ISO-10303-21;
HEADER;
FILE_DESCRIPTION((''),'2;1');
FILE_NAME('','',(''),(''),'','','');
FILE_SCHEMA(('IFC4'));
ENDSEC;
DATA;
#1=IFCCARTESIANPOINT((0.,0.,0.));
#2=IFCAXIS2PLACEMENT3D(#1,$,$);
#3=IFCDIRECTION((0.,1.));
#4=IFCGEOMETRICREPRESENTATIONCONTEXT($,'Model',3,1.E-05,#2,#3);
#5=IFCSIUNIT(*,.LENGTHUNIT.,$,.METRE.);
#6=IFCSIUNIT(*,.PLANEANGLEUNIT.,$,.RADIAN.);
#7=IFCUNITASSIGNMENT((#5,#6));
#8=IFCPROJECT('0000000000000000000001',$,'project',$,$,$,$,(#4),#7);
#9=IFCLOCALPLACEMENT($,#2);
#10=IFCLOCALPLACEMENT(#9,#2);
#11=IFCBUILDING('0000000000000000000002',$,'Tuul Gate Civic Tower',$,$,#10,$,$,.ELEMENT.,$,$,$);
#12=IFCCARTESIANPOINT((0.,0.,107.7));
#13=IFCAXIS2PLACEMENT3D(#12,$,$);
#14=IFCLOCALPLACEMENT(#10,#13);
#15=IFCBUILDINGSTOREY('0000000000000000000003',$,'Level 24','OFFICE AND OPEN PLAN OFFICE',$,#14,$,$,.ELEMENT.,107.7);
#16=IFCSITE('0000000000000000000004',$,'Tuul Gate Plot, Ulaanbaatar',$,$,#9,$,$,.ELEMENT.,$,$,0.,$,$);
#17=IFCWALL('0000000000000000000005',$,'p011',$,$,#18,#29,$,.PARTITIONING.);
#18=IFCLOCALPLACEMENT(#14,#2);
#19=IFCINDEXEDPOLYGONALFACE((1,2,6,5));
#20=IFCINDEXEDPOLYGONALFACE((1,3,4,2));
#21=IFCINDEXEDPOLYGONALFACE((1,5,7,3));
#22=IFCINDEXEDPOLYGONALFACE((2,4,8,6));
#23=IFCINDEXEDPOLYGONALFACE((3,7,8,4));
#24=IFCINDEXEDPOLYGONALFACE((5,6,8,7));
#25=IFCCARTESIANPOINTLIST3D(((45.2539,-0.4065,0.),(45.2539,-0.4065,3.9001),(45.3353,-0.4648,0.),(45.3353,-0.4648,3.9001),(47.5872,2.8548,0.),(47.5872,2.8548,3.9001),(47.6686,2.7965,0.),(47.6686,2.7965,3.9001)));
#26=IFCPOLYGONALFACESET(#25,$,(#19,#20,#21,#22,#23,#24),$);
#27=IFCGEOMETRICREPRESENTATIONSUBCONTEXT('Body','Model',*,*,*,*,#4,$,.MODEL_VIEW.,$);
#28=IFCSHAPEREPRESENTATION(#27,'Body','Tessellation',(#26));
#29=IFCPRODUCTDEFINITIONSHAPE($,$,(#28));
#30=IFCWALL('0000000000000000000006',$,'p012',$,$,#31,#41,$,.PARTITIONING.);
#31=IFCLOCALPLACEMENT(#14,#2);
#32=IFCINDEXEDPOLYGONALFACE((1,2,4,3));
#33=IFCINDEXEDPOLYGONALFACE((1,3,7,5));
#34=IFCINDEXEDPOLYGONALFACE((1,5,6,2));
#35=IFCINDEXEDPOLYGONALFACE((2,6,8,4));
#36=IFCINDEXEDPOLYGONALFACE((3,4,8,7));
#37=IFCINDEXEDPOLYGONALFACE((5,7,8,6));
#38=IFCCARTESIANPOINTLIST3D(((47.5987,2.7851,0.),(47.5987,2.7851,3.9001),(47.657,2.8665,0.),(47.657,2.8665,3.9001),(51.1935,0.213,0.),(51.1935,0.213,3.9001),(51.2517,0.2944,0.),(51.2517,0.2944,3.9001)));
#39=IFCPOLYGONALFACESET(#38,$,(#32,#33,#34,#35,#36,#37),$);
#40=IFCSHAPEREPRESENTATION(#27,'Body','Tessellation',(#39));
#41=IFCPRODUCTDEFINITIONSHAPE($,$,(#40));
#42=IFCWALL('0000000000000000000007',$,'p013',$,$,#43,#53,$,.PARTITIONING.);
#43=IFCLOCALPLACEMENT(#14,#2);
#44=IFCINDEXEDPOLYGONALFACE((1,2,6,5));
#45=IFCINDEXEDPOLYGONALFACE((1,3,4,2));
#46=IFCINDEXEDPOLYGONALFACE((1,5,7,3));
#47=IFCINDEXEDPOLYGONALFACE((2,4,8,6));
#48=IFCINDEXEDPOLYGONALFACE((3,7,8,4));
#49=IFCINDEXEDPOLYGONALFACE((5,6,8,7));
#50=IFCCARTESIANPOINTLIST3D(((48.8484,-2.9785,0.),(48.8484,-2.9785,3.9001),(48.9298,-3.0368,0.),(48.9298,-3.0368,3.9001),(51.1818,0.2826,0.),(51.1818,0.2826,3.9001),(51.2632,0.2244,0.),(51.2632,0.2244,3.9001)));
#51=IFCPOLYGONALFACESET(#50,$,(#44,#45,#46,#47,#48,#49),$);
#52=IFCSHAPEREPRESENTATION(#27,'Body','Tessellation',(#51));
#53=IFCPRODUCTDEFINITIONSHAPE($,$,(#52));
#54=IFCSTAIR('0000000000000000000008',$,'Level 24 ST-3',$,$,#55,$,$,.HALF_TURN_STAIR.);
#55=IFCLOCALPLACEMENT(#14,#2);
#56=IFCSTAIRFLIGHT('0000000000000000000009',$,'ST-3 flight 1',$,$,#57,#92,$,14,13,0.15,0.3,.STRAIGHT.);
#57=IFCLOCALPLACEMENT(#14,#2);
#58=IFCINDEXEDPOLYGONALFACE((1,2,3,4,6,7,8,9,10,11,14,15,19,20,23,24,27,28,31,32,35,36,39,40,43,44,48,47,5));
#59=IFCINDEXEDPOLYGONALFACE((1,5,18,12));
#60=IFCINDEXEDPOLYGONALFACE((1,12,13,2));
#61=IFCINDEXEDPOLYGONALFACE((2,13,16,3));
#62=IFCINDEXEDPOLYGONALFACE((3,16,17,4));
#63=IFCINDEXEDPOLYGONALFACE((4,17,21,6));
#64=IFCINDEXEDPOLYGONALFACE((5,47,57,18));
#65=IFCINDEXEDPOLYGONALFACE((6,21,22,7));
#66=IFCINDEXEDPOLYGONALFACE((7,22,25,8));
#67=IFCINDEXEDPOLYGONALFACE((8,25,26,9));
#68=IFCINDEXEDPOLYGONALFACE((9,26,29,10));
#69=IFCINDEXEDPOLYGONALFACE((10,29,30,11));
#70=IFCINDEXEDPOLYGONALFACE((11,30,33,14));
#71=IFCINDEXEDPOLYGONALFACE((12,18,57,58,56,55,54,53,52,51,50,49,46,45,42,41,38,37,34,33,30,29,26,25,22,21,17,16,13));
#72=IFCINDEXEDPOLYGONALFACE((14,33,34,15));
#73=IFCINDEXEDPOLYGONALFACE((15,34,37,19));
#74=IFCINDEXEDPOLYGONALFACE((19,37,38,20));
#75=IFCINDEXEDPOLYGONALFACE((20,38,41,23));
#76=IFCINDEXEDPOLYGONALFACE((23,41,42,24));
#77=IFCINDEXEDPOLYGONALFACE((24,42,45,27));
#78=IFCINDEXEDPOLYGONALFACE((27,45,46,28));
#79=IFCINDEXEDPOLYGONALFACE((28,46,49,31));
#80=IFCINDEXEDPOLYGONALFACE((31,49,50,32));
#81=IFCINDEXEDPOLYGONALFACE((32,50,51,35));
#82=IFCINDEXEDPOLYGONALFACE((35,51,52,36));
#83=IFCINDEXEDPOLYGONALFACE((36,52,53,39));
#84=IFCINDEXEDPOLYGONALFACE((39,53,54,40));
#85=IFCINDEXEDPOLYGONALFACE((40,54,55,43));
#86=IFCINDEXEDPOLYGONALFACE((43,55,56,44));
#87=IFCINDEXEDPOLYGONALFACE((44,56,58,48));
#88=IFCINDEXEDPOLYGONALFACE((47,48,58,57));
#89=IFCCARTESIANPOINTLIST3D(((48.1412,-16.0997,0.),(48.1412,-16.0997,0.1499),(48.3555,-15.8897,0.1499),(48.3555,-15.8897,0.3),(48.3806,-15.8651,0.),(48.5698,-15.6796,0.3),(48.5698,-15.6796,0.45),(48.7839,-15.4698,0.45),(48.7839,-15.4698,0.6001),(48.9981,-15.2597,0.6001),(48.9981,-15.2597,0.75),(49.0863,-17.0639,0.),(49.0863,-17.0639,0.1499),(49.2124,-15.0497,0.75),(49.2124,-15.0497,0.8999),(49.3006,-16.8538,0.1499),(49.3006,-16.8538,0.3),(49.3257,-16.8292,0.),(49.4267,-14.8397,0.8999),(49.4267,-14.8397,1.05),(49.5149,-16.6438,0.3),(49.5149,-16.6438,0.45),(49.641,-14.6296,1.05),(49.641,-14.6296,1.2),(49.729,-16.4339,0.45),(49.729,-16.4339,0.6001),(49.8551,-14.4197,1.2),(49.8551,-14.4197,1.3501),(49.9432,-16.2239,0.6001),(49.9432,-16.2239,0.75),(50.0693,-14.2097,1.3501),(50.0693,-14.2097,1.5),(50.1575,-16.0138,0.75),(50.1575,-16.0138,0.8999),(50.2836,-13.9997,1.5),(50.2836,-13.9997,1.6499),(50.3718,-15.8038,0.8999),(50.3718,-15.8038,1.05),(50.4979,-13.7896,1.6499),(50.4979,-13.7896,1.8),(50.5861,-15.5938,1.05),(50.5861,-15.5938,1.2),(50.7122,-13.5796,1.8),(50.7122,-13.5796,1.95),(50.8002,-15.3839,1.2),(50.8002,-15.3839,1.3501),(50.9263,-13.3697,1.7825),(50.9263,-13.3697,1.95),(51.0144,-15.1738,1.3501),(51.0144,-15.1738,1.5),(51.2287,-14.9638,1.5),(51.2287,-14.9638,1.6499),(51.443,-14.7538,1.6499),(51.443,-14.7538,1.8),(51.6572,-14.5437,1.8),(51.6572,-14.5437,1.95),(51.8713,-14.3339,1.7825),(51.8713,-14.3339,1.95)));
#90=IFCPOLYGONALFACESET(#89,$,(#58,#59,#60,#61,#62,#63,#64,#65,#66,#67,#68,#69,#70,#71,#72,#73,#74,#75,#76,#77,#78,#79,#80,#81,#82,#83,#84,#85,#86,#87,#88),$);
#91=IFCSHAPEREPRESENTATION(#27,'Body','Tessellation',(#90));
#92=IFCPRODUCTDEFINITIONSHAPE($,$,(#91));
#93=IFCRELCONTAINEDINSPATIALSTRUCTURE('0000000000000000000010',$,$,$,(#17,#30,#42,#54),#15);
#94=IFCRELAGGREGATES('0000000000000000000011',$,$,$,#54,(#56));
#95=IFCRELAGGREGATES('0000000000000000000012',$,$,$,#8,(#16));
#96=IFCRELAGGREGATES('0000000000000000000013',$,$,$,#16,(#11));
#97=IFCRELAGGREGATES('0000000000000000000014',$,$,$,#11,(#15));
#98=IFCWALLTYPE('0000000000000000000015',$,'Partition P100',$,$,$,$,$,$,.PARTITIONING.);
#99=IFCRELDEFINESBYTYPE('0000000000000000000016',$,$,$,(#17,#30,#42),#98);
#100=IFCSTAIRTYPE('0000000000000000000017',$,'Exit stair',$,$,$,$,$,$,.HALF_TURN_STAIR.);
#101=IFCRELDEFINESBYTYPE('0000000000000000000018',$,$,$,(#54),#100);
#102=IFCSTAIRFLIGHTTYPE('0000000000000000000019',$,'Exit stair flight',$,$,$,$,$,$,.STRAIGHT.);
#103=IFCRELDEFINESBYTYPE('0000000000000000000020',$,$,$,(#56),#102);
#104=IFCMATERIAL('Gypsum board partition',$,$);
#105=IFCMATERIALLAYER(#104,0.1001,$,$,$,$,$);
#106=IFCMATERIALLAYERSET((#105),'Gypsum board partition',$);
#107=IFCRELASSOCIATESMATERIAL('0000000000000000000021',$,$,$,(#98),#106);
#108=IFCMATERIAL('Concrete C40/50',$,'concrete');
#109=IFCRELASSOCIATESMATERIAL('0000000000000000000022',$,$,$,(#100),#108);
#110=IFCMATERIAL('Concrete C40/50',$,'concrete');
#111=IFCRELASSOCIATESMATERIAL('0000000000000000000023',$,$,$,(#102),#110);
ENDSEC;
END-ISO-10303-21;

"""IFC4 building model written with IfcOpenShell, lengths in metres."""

from ifc_helpers import new_model, si_unit, direction, frame, frame_2d, origin, place, context, subcontext, project, spatial, polyline, rectangle, outline, extrude, material, layer, layer_set, type_object, element, aggregate, save


model = new_model("IFC4")

# Units and contexts
model_context = context("Model", 3, precision=1e-05, world=origin(), true_north=direction((0.0, 1.0)))
body_context = subcontext(model_context, "Body", "Model", "MODEL_VIEW")
ifc_project = project(units=[si_unit("LENGTHUNIT", "METRE"), si_unit("PLANEANGLEUNIT", "RADIAN")], contexts=[model_context])

# Site, building, storey
site_placement = place(None, origin())
site = spatial("IfcSite", under=ifc_project, at=site_placement, Name="Tuul Gate Plot, Ulaanbaatar", CompositionType="ELEMENT", RefElevation=0.0)
building_placement = place(site_placement, origin())
building = spatial("IfcBuilding", under=site, at=building_placement, Name="Tuul Gate Civic Tower", CompositionType="ELEMENT")
storey_placement = place(building_placement, frame((0.0, 0.0, 107.7)))
storey = spatial("IfcBuildingStorey", under=building, at=storey_placement, Name="Level 24", Description="OFFICE AND OPEN PLAN OFFICE", CompositionType="ELEMENT", Elevation=107.7)

# Walls
ifc_material_1 = material(Name="Gypsum board partition")
ifc_layer_1 = layer(ifc_material_1, 0.1001)
ifc_layer_set_1 = layer_set([ifc_layer_1], Name="Gypsum board partition")
wall_type_1 = type_object("IfcWallType", Name="Partition P100", PredefinedType="PARTITIONING", material=ifc_layer_set_1)
wall_1_placement = place(storey_placement, frame((45.2947, -0.4355, 0.0), z_axis=(0.0, 0.0, 1.0), x_axis=(0.581866, 0.813285, 0.0)))
element("IfcWall", 1, at=wall_1_placement, inside=storey, type_object=wall_type_1, Name="p011", PredefinedType="PARTITIONING", context=body_context, shape_type="SweptSolid", body=[
    extrude(rectangle(XDim=4.01, YDim=0.1001, at=frame_2d((2.0049, 0.0))), origin(), (0.0, 0.0, 1.0), 3.9001),
])
wall_2_placement = place(storey_placement, frame((47.6279, 2.8257, 0.0), z_axis=(0.0, 0.0, 1.0), x_axis=(0.813267, -0.581891, 0.0)))
element("IfcWall", 2, at=wall_2_placement, inside=storey, type_object=wall_type_1, Name="p012", PredefinedType="PARTITIONING", context=body_context, shape_type="SweptSolid", body=[
    extrude(rectangle(XDim=4.4202, YDim=0.1001, at=frame_2d((2.21, 0.0))), origin(), (0.0, 0.0, 1.0), 3.9001),
])
wall_3_placement = place(storey_placement, frame((48.8892, -3.0076, 0.0), z_axis=(0.0, 0.0, 1.0), x_axis=(0.581906, 0.813256, 0.0)))
element("IfcWall", 3, at=wall_3_placement, inside=storey, type_object=wall_type_1, Name="p013", PredefinedType="PARTITIONING", context=body_context, shape_type="SweptSolid", body=[
    extrude(rectangle(XDim=4.01, YDim=0.1001, at=frame_2d((2.0049, 0.0))), origin(), (0.0, 0.0, 1.0), 3.9001),
])

# Stair, stair flight
ifc_material_2 = material(Name="Concrete C40/50", Category="concrete")
stair_type = type_object("IfcStairType", Name="Exit stair", PredefinedType="HALF_TURN_STAIR", material=ifc_material_2)
stair_placement = place(storey_placement, origin())
stair = element("IfcStair", 4, at=stair_placement, inside=storey, type_object=stair_type, Name="Level 24 ST-3", PredefinedType="HALF_TURN_STAIR")
ifc_material_3 = material(Name="Concrete C40/50", Category="concrete")
stair_flight_type = type_object("IfcStairFlightType", Name="Exit stair flight", PredefinedType="STRAIGHT", material=ifc_material_3)
stair_flight_placement = place(storey_placement, frame((48.6138, -16.5818, 0.0), z_axis=(0.0, 0.0, 1.0), x_axis=(0.714127, 0.700016, 0.0)))
stair_flight = element("IfcStairFlight", 5, at=stair_flight_placement, type_object=stair_flight_type, Name="ST-3 flight 1", NumberOfRisers=14, NumberOfTreads=13, PredefinedType="STRAIGHT", RiserHeight=0.15, TreadLength=0.3, context=body_context, shape_type="SweptSolid", body=[
    extrude(outline(polyline([(0.0, 0.0), (0.0, 0.1499), (0.3, 0.1499), (0.3, 0.3), (0.6001, 0.3), (0.6001, 0.45), (0.8999, 0.45), (0.8999, 0.6001), (1.2, 0.6001), (1.2, 0.75), (1.5, 0.75), (1.5, 0.8999), (1.8, 0.8999), (1.8, 1.05), (2.1001, 1.05), (2.1001, 1.2), (2.3999, 1.2), (2.3999, 1.3501), (2.7, 1.3501), (2.7, 1.5), (3.0, 1.5), (3.0, 1.6499), (3.3, 1.6499), (3.3, 1.8), (3.6001, 1.8), (3.6001, 1.95), (3.8999, 1.95), (3.8999, 2.1001), (3.8999, 1.7825), (0.3352, 0.0), (0.0, 0.0)])), frame((0.0, 0.675, 0.0), z_axis=(0.0, -1.0, 0.0), x_axis=(1.0, 0.0, 0.0)), (0.0, 0.0, 1.0), 1.3501),
])
aggregate(stair, [stair_flight])

save(model, "model.ifc")
